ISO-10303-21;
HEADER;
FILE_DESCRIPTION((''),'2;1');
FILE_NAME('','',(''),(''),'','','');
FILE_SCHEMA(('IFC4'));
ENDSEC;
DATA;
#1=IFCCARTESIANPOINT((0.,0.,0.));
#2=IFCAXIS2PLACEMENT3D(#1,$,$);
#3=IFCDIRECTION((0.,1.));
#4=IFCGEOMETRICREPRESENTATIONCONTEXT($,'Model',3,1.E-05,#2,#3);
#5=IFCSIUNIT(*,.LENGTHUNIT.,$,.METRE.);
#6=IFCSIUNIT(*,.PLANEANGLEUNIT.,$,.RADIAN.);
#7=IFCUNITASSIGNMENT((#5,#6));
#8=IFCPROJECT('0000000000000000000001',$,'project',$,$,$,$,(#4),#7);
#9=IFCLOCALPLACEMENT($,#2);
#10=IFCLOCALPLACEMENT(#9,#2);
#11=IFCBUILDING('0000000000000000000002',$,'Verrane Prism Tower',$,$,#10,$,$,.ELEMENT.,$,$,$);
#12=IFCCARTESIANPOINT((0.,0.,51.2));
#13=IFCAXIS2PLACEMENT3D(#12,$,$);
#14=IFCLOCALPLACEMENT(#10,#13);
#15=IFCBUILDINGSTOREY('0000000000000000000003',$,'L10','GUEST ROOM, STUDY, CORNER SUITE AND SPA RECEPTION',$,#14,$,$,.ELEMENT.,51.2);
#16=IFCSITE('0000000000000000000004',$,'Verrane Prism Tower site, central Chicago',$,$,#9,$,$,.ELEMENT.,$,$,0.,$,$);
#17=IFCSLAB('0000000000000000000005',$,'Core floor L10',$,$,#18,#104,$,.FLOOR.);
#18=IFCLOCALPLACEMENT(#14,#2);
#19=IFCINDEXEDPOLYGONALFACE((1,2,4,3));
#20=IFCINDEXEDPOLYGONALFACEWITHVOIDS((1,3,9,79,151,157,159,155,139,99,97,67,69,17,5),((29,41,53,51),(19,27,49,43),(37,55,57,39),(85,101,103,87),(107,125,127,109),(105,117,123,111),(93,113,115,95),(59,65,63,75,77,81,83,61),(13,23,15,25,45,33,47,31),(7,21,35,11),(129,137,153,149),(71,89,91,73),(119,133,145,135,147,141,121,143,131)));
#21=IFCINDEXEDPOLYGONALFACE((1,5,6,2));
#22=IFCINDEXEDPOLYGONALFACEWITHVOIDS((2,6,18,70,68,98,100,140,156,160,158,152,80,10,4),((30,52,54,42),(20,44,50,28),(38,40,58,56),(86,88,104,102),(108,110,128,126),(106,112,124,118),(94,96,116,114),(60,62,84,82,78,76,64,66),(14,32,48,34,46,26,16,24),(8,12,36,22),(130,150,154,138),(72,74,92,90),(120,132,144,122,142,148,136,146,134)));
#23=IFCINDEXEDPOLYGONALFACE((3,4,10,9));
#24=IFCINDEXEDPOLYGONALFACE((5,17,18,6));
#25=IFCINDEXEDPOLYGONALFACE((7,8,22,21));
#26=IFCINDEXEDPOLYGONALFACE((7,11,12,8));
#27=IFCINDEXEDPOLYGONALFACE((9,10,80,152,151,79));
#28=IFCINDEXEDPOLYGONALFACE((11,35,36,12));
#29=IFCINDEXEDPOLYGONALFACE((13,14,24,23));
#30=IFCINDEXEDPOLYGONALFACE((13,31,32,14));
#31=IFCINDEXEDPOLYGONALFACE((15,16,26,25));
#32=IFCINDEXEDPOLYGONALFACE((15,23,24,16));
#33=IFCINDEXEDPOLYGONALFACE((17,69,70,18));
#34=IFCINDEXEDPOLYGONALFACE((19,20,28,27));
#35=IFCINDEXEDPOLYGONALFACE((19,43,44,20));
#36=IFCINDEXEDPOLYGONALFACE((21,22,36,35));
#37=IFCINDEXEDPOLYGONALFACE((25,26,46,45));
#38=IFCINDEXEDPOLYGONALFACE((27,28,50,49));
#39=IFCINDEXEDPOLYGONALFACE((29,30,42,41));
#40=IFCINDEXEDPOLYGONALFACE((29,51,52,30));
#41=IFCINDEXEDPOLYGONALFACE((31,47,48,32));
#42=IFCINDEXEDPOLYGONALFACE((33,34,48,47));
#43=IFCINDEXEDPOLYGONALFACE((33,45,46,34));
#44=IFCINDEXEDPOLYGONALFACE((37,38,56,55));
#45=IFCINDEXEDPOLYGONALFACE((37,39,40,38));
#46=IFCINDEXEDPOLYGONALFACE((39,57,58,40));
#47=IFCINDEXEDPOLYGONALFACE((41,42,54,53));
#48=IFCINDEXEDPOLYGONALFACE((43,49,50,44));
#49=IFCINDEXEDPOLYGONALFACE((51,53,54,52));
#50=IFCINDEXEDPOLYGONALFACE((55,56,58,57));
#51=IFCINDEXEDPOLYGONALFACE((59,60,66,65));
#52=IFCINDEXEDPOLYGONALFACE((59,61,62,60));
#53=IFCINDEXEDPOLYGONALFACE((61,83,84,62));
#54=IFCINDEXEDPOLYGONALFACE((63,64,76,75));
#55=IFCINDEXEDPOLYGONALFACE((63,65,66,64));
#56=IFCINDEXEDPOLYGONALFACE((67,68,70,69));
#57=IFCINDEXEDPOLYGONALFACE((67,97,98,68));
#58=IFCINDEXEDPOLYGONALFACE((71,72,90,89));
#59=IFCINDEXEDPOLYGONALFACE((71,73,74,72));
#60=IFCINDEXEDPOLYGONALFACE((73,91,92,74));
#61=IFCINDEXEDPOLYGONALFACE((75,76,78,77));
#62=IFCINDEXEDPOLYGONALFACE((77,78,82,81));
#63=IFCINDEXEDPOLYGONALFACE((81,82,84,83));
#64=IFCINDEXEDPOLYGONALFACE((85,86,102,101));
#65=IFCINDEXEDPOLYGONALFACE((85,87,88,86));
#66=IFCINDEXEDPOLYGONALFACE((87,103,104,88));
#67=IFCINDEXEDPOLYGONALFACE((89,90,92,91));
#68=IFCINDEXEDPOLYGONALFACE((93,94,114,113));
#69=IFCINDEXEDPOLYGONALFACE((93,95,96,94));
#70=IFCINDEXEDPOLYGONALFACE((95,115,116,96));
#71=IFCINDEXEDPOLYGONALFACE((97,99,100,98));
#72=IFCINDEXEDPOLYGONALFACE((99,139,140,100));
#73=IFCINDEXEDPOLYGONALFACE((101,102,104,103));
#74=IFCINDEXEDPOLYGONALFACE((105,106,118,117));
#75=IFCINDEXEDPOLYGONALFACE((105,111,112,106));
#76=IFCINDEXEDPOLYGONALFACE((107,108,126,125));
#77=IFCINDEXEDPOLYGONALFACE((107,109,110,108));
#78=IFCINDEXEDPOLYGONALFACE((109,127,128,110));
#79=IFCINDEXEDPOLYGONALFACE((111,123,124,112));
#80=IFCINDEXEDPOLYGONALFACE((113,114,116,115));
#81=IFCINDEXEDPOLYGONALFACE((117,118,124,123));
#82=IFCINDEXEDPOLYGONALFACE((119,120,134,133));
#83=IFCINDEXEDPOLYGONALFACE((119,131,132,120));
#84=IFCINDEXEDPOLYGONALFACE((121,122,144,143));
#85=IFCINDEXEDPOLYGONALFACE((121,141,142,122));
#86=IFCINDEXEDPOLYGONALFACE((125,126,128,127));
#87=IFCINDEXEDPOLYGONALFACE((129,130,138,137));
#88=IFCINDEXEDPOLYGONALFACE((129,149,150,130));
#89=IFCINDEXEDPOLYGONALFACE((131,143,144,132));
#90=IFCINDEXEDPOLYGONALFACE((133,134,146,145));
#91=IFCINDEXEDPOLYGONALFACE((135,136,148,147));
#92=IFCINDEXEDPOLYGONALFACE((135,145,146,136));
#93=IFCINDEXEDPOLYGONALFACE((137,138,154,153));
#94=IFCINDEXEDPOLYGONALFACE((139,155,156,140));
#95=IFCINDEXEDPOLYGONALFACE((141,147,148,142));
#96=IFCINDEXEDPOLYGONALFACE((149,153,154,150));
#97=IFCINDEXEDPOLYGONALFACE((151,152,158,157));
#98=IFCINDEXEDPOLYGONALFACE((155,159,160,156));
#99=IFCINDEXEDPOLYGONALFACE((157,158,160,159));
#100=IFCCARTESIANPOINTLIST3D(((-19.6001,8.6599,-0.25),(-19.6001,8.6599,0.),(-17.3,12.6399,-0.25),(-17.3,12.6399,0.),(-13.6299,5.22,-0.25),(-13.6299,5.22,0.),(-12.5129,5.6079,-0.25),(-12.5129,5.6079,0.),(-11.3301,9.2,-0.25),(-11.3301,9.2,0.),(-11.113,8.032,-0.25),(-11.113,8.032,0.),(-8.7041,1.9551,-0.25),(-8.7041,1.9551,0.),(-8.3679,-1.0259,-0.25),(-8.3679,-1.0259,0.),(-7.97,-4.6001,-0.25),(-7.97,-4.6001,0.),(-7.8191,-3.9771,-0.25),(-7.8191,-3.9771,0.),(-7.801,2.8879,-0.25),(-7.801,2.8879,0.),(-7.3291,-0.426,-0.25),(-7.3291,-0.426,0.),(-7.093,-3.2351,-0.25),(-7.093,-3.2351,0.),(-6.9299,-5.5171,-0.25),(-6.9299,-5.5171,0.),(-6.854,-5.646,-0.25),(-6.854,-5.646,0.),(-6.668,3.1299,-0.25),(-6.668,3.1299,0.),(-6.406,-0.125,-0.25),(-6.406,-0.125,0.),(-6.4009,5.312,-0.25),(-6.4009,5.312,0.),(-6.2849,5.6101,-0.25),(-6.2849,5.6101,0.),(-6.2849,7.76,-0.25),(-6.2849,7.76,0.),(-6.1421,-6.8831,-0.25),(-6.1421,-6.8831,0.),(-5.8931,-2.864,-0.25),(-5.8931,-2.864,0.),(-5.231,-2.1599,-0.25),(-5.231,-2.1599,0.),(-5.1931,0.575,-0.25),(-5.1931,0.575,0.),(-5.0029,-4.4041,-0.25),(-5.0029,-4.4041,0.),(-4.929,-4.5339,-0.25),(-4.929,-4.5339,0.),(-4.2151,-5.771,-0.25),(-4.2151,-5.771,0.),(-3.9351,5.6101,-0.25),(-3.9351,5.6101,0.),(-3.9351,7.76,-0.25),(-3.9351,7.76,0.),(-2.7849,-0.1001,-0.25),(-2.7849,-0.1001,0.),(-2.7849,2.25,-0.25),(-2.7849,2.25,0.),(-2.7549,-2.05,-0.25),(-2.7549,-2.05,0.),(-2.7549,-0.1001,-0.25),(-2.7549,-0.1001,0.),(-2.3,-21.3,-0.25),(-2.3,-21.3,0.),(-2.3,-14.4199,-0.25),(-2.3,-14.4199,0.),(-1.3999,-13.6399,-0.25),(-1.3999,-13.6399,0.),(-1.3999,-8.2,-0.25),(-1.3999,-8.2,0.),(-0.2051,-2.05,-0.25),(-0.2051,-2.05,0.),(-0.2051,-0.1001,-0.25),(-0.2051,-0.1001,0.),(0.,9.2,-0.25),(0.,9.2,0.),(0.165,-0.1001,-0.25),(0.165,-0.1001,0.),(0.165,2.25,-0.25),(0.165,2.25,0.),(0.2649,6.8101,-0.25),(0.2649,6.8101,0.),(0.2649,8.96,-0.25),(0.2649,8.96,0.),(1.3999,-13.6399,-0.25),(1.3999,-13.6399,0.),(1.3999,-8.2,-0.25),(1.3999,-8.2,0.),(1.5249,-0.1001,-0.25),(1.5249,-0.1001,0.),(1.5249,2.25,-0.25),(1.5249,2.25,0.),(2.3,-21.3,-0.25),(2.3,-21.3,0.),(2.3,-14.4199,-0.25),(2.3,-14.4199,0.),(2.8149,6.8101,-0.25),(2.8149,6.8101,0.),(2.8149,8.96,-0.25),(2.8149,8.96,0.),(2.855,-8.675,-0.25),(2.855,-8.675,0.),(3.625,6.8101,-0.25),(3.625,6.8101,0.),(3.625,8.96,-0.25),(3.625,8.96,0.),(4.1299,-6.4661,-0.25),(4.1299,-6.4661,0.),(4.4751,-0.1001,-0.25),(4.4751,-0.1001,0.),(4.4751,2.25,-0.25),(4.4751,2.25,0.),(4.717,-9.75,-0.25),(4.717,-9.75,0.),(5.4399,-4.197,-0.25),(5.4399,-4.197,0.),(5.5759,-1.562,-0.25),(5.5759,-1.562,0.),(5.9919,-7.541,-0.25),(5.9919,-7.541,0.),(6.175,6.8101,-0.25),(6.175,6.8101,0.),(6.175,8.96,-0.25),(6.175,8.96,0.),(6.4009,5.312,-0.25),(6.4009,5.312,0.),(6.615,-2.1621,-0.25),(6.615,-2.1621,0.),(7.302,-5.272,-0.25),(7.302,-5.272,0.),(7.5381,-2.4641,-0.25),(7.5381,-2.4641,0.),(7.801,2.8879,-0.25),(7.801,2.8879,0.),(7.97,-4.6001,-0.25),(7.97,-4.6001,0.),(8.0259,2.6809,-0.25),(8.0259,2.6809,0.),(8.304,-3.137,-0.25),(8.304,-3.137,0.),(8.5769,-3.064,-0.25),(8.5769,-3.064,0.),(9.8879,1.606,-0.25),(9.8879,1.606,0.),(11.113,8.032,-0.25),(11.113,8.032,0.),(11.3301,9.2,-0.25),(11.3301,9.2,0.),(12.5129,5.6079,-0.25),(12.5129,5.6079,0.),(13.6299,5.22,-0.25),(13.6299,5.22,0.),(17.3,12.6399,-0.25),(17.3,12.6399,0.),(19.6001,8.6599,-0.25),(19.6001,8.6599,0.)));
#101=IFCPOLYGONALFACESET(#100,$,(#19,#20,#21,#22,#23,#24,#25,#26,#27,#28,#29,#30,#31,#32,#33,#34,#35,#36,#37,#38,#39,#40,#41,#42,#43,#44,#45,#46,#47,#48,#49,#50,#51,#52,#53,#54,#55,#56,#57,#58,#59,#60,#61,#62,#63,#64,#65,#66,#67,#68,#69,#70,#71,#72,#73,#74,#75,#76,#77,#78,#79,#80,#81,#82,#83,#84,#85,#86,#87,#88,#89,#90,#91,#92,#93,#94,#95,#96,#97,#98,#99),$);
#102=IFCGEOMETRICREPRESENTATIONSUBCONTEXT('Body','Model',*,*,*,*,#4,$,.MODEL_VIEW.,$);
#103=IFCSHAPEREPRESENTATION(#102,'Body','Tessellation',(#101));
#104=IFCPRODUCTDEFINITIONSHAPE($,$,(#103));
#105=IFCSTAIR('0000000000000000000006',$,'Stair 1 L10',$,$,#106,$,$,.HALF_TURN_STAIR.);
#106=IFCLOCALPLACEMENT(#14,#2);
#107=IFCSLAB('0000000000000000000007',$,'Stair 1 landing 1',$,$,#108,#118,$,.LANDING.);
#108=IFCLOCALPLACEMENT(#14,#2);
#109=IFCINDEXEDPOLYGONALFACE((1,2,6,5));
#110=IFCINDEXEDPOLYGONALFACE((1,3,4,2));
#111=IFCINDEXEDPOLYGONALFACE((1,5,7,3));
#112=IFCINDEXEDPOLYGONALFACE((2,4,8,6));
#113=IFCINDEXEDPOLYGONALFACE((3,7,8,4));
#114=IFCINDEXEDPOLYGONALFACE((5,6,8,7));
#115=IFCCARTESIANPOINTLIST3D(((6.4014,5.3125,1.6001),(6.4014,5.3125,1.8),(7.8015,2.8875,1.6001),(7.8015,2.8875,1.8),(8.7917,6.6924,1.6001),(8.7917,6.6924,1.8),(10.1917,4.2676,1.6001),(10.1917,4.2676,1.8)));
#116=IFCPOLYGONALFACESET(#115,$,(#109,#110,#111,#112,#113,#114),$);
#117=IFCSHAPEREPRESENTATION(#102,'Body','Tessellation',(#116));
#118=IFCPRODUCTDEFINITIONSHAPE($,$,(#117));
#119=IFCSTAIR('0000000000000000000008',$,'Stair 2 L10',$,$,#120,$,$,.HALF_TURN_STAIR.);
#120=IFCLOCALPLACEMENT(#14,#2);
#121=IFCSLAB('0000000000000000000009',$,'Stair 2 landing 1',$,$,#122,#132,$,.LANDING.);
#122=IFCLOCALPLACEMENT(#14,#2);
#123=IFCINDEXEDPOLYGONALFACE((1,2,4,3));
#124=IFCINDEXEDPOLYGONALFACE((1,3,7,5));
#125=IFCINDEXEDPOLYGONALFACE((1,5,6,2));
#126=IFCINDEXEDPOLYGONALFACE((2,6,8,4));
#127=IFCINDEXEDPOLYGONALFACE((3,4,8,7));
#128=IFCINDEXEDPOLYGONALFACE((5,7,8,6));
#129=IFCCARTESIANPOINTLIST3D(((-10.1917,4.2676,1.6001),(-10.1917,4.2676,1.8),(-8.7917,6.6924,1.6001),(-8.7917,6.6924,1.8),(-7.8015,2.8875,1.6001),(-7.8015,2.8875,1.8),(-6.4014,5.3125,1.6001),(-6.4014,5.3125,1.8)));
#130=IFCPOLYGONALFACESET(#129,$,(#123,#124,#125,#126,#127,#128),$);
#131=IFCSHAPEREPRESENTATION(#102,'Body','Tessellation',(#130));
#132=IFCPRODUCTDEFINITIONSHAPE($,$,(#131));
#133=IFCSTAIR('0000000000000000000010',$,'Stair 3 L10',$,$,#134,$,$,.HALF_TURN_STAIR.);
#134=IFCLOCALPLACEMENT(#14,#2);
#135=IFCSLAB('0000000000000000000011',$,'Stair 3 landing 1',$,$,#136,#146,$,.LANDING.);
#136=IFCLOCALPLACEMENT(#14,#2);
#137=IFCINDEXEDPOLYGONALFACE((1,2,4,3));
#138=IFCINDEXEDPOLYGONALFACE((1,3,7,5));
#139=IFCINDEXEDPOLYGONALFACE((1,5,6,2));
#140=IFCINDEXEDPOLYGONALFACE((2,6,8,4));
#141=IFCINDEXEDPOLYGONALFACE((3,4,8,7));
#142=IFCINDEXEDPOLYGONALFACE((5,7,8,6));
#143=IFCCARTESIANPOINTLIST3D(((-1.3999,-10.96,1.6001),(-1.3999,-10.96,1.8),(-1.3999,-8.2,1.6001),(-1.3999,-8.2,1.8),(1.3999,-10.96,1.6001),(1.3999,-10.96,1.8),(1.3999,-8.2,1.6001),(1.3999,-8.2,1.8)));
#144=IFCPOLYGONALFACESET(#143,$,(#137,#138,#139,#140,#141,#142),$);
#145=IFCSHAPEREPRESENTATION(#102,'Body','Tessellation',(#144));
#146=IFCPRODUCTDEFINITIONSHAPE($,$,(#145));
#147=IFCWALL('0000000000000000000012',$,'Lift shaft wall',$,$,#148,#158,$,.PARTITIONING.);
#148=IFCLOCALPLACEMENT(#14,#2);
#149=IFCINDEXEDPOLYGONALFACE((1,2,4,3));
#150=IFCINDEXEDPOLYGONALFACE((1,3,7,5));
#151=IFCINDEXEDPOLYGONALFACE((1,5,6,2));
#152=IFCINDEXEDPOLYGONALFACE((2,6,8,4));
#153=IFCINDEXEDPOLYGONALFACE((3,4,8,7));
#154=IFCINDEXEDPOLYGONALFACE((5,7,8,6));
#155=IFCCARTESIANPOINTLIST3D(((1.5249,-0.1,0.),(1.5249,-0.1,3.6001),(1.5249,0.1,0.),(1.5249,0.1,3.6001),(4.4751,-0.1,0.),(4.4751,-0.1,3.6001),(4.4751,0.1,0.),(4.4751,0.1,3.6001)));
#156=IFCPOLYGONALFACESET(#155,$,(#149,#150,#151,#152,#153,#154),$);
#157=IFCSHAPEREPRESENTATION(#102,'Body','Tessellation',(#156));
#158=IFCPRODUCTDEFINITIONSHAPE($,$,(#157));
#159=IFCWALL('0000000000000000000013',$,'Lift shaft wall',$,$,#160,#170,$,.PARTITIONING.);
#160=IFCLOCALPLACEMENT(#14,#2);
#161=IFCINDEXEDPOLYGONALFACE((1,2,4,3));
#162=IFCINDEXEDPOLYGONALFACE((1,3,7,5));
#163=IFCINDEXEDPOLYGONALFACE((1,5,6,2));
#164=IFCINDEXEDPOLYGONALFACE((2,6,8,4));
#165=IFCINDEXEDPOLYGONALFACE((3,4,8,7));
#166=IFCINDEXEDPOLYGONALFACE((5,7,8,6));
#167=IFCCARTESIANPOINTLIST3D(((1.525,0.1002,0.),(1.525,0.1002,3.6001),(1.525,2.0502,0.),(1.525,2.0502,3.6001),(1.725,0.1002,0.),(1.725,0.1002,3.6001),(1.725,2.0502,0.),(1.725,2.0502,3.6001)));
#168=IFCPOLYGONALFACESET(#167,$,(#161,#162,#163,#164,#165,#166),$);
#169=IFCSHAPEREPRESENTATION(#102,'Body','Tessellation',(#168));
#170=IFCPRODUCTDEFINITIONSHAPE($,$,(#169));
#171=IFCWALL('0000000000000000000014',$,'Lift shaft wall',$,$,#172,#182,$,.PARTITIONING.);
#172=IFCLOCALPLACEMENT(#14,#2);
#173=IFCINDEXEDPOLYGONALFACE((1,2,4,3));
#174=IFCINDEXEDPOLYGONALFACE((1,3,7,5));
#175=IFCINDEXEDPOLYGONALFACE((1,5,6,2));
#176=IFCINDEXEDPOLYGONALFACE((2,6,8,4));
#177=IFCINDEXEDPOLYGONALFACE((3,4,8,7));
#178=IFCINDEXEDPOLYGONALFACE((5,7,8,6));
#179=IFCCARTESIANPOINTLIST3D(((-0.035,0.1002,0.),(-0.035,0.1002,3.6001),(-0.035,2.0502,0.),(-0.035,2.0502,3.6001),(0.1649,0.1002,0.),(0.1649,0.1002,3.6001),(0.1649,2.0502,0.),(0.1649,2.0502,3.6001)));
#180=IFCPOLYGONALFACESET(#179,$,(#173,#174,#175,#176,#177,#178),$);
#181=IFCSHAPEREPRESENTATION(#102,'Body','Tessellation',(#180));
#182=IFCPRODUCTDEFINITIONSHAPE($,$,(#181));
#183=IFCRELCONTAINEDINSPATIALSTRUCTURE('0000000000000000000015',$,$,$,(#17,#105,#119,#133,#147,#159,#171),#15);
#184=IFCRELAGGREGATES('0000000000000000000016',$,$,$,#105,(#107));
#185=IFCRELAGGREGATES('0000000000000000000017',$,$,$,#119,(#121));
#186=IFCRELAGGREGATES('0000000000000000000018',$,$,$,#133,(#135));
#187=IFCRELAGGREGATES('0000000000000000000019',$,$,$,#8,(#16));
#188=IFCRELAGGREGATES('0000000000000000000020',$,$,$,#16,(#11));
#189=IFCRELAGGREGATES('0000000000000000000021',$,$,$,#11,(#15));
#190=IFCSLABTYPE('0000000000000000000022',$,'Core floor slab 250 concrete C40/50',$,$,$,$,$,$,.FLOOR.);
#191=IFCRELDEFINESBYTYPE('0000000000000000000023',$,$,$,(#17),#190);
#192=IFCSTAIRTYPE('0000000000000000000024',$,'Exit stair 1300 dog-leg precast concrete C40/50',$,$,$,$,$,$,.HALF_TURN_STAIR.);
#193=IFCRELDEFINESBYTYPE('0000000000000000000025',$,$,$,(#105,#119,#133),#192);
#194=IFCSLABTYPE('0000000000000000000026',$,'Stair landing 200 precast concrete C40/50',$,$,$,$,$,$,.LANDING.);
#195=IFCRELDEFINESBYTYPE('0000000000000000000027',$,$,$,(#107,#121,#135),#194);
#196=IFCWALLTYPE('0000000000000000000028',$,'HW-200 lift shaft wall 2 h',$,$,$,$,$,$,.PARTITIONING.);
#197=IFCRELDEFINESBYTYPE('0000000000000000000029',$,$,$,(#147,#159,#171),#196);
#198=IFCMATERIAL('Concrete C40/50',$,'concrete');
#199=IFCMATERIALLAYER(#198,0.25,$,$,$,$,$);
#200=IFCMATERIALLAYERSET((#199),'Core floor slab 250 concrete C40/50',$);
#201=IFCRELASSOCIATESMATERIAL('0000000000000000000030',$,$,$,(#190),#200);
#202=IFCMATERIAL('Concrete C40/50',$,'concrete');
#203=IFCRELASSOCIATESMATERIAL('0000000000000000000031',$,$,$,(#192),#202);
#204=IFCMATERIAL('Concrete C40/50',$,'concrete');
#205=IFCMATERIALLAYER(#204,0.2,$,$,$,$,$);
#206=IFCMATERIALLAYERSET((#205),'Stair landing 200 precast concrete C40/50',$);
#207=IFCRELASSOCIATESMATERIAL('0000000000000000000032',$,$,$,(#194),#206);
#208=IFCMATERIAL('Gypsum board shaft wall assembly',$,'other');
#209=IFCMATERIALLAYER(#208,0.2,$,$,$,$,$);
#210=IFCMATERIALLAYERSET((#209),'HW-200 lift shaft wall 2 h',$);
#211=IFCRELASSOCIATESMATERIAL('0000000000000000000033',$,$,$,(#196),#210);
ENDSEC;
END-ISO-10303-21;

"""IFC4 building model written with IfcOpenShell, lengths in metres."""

from ifc_helpers import new_model, si_unit, direction, frame, frame_2d, origin, place, context, subcontext, project, spatial, polyline, rectangle, outline, extrude, material, layer, layer_set, type_object, element, aggregate, save


model = new_model("IFC4")

# Units and contexts
model_context = context("Model", 3, precision=1e-05, world=origin(), true_north=direction((0.0, 1.0)))
body_context = subcontext(model_context, "Body", "Model", "MODEL_VIEW")
ifc_project = project(units=[si_unit("LENGTHUNIT", "METRE"), si_unit("PLANEANGLEUNIT", "RADIAN")], contexts=[model_context])

# Site, building, storey
site_placement = place(None, origin())
site = spatial("IfcSite", under=ifc_project, at=site_placement, Name="Verrane Prism Tower site, central Chicago", CompositionType="ELEMENT", RefElevation=0.0)
building_placement = place(site_placement, origin())
building = spatial("IfcBuilding", under=site, at=building_placement, Name="Verrane Prism Tower", CompositionType="ELEMENT")
storey_placement = place(building_placement, frame((0.0, 0.0, 51.2)))
storey = spatial("IfcBuildingStorey", under=building, at=storey_placement, Name="L10", Description="GUEST ROOM, STUDY, CORNER SUITE AND SPA RECEPTION", CompositionType="ELEMENT", Elevation=51.2)

# Slab
ifc_material_1 = material(Name="Concrete C40/50", Category="concrete")
ifc_layer_1 = layer(ifc_material_1, 0.25)
ifc_layer_set_1 = layer_set([ifc_layer_1], Name="Core floor slab 250 concrete C40/50")
slab_type_1 = type_object("IfcSlabType", Name="Core floor slab 250 concrete C40/50", PredefinedType="FLOOR", material=ifc_layer_set_1)
slab_1_placement = place(storey_placement, frame((0.0, 0.0, -0.25)))
element("IfcSlab", 1, at=slab_1_placement, inside=storey, type_object=slab_type_1, Name="Core floor L10", PredefinedType="FLOOR", context=body_context, shape_type="SweptSolid", body=[
    extrude(outline(polyline([(13.6299, 5.22), (19.6001, 8.6599), (17.3, 12.6399), (11.3301, 9.2), (0.0, 9.2), (-11.3301, 9.2), (-17.3, 12.6399), (-19.6001, 8.6599), (-13.6299, 5.22), (-7.97, -4.6001), (-2.3, -14.4199), (-2.3, -21.3), (2.3, -21.3), (2.3, -14.4199), (7.97, -4.6001), (13.6299, 5.22)]), holes=[polyline([(1.3999, -8.2), (1.3999, -13.6399), (-1.3999, -13.6399), (-1.3999, -8.2), (1.3999, -8.2)]), polyline([(-4.2151, -5.771), (-6.1421, -6.8831), (-6.854, -5.646), (-4.929, -4.5339), (-4.2151, -5.771)]), polyline([(-5.0029, -4.4041), (-6.9299, -5.5171), (-7.8191, -3.9771), (-5.8931, -2.864), (-5.0029, -4.4041)]), polyline([(0.165, 2.25), (0.165, -0.1001), (-0.2051, -0.1001), (-0.2051, -2.05), (-2.7549, -2.05), (-2.7549, -0.1001), (-2.7849, -0.1001), (-2.7849, 2.25), (0.165, 2.25)]), polyline([(-12.5129, 5.6079), (-11.113, 8.032), (-6.4009, 5.312), (-7.801, 2.8879), (-12.5129, 5.6079)]), polyline([(-6.2849, 5.6101), (-6.2849, 7.76), (-3.9351, 7.76), (-3.9351, 5.6101), (-6.2849, 5.6101)]), polyline([(4.717, -9.75), (2.855, -8.675), (4.1299, -6.4661), (5.9919, -7.541), (4.717, -9.75)]), polyline([(8.304, -3.137), (5.5759, -1.562), (8.0259, 2.6809), (9.8879, 1.606), (7.5381, -2.4641), (8.5769, -3.064), (7.302, -5.272), (5.4399, -4.197), (6.615, -2.1621), (8.304, -3.137)]), polyline([(1.5249, -0.1001), (1.5249, 2.25), (4.4751, 2.25), (4.4751, -0.1001), (1.5249, -0.1001)]), polyline([(6.4009, 5.312), (11.113, 8.032), (12.5129, 5.6079), (7.801, 2.8879), (6.4009, 5.312)]), polyline([(0.2649, 6.8101), (0.2649, 8.96), (2.8149, 8.96), (2.8149, 6.8101), (0.2649, 6.8101)]), polyline([(3.625, 6.8101), (3.625, 8.96), (6.175, 8.96), (6.175, 6.8101), (3.625, 6.8101)]), polyline([(-5.231, -2.1599), (-7.093, -3.2351), (-8.3679, -1.0259), (-7.3291, -0.426), (-8.7041, 1.9551), (-6.668, 3.1299), (-5.1931, 0.575), (-6.406, -0.125), (-5.231, -2.1599)])]), origin(), (0.0, 0.0, 1.0), 0.25),
])

# Stairs, slabs
ifc_material_2 = material(Name="Concrete C40/50", Category="concrete")
stair_type = type_object("IfcStairType", Name="Exit stair 1300 dog-leg precast concrete C40/50", PredefinedType="HALF_TURN_STAIR", material=ifc_material_2)
stair_1_placement = place(storey_placement, origin())
stair_1 = element("IfcStair", 2, at=stair_1_placement, inside=storey, type_object=stair_type, Name="Stair 1 L10", PredefinedType="HALF_TURN_STAIR")
ifc_material_3 = material(Name="Concrete C40/50", Category="concrete")
ifc_layer_2 = layer(ifc_material_3, 0.2)
ifc_layer_set_2 = layer_set([ifc_layer_2], Name="Stair landing 200 precast concrete C40/50")
slab_type_2 = type_object("IfcSlabType", Name="Stair landing 200 precast concrete C40/50", PredefinedType="LANDING", material=ifc_layer_set_2)
slab_2_placement = place(storey_placement, frame((0.0, 0.0, 1.6001)))
slab_2 = element("IfcSlab", 3, at=slab_2_placement, type_object=slab_type_2, Name="Stair 1 landing 1", PredefinedType="LANDING", context=body_context, shape_type="SweptSolid", body=[
    extrude(outline(polyline([(8.7917, 6.6924), (6.4014, 5.3125), (7.8015, 2.8875), (10.1917, 4.2676), (8.7917, 6.6924)])), origin(), (0.0, 0.0, 1.0), 0.2),
])
aggregate(stair_1, [slab_2])
stair_2_placement = place(storey_placement, origin())
stair_2 = element("IfcStair", 4, at=stair_2_placement, inside=storey, type_object=stair_type, Name="Stair 2 L10", PredefinedType="HALF_TURN_STAIR")
slab_3_placement = place(storey_placement, frame((0.0, 0.0, 1.6001)))
slab_3 = element("IfcSlab", 5, at=slab_3_placement, type_object=slab_type_2, Name="Stair 2 landing 1", PredefinedType="LANDING", context=body_context, shape_type="SweptSolid", body=[
    extrude(outline(polyline([(-10.1917, 4.2676), (-7.8015, 2.8875), (-6.4014, 5.3125), (-8.7917, 6.6924), (-10.1917, 4.2676)])), origin(), (0.0, 0.0, 1.0), 0.2),
])
aggregate(stair_2, [slab_3])
stair_3_placement = place(storey_placement, origin())
stair_3 = element("IfcStair", 6, at=stair_3_placement, inside=storey, type_object=stair_type, Name="Stair 3 L10", PredefinedType="HALF_TURN_STAIR")
slab_4_placement = place(storey_placement, frame((0.0, 0.0, 1.6001)))
slab_4 = element("IfcSlab", 7, at=slab_4_placement, type_object=slab_type_2, Name="Stair 3 landing 1", PredefinedType="LANDING", context=body_context, shape_type="SweptSolid", body=[
    extrude(outline(polyline([(1.3999, -10.96), (1.3999, -8.2), (-1.3999, -8.2), (-1.3999, -10.96), (1.3999, -10.96)])), origin(), (0.0, 0.0, 1.0), 0.2),
])
aggregate(stair_3, [slab_4])

# Walls
ifc_material_4 = material(Name="Gypsum board shaft wall assembly", Category="other")
ifc_layer_3 = layer(ifc_material_4, 0.2)
ifc_layer_set_3 = layer_set([ifc_layer_3], Name="HW-200 lift shaft wall 2 h")
wall_type_1 = type_object("IfcWallType", Name="HW-200 lift shaft wall 2 h", PredefinedType="PARTITIONING", material=ifc_layer_set_3)
wall_1_placement = place(storey_placement, frame((1.5249, 0.0, 0.0), z_axis=(0.0, 0.0, 1.0), x_axis=(1.0, 0.0, 0.0)))
element("IfcWall", 8, at=wall_1_placement, inside=storey, type_object=wall_type_1, Name="Lift shaft wall", PredefinedType="PARTITIONING", context=body_context, shape_type="SweptSolid", body=[
    extrude(rectangle(XDim=2.9502, YDim=0.2, at=frame_2d((1.4751, 0.0))), origin(), (0.0, 0.0, 1.0), 3.6001),
])
for number, where, z_axis, x_axis, name in (
    (9, (1.625, 0.1001, 0.0), (0.0, 0.0, 1.0), (0.0, 1.0, 0.0), "Lift shaft wall"),
    (10, (0.0649, 0.1001, 0.0), (0.0, 0.0, 1.0), (0.0, 1.0, 0.0), "Lift shaft wall"),
):
    element("IfcWall", number, at=place(storey_placement, frame(where, z_axis=z_axis, x_axis=x_axis)), inside=storey, type_object=wall_type_1, Name=name, PredefinedType="PARTITIONING", context=body_context, shape_type="SweptSolid", body=[
        extrude(rectangle(XDim=1.95, YDim=0.2, at=frame_2d((0.9751, 0.0))), origin(), (0.0, 0.0, 1.0), 3.6001),
    ])

save(model, "model.ifc")
